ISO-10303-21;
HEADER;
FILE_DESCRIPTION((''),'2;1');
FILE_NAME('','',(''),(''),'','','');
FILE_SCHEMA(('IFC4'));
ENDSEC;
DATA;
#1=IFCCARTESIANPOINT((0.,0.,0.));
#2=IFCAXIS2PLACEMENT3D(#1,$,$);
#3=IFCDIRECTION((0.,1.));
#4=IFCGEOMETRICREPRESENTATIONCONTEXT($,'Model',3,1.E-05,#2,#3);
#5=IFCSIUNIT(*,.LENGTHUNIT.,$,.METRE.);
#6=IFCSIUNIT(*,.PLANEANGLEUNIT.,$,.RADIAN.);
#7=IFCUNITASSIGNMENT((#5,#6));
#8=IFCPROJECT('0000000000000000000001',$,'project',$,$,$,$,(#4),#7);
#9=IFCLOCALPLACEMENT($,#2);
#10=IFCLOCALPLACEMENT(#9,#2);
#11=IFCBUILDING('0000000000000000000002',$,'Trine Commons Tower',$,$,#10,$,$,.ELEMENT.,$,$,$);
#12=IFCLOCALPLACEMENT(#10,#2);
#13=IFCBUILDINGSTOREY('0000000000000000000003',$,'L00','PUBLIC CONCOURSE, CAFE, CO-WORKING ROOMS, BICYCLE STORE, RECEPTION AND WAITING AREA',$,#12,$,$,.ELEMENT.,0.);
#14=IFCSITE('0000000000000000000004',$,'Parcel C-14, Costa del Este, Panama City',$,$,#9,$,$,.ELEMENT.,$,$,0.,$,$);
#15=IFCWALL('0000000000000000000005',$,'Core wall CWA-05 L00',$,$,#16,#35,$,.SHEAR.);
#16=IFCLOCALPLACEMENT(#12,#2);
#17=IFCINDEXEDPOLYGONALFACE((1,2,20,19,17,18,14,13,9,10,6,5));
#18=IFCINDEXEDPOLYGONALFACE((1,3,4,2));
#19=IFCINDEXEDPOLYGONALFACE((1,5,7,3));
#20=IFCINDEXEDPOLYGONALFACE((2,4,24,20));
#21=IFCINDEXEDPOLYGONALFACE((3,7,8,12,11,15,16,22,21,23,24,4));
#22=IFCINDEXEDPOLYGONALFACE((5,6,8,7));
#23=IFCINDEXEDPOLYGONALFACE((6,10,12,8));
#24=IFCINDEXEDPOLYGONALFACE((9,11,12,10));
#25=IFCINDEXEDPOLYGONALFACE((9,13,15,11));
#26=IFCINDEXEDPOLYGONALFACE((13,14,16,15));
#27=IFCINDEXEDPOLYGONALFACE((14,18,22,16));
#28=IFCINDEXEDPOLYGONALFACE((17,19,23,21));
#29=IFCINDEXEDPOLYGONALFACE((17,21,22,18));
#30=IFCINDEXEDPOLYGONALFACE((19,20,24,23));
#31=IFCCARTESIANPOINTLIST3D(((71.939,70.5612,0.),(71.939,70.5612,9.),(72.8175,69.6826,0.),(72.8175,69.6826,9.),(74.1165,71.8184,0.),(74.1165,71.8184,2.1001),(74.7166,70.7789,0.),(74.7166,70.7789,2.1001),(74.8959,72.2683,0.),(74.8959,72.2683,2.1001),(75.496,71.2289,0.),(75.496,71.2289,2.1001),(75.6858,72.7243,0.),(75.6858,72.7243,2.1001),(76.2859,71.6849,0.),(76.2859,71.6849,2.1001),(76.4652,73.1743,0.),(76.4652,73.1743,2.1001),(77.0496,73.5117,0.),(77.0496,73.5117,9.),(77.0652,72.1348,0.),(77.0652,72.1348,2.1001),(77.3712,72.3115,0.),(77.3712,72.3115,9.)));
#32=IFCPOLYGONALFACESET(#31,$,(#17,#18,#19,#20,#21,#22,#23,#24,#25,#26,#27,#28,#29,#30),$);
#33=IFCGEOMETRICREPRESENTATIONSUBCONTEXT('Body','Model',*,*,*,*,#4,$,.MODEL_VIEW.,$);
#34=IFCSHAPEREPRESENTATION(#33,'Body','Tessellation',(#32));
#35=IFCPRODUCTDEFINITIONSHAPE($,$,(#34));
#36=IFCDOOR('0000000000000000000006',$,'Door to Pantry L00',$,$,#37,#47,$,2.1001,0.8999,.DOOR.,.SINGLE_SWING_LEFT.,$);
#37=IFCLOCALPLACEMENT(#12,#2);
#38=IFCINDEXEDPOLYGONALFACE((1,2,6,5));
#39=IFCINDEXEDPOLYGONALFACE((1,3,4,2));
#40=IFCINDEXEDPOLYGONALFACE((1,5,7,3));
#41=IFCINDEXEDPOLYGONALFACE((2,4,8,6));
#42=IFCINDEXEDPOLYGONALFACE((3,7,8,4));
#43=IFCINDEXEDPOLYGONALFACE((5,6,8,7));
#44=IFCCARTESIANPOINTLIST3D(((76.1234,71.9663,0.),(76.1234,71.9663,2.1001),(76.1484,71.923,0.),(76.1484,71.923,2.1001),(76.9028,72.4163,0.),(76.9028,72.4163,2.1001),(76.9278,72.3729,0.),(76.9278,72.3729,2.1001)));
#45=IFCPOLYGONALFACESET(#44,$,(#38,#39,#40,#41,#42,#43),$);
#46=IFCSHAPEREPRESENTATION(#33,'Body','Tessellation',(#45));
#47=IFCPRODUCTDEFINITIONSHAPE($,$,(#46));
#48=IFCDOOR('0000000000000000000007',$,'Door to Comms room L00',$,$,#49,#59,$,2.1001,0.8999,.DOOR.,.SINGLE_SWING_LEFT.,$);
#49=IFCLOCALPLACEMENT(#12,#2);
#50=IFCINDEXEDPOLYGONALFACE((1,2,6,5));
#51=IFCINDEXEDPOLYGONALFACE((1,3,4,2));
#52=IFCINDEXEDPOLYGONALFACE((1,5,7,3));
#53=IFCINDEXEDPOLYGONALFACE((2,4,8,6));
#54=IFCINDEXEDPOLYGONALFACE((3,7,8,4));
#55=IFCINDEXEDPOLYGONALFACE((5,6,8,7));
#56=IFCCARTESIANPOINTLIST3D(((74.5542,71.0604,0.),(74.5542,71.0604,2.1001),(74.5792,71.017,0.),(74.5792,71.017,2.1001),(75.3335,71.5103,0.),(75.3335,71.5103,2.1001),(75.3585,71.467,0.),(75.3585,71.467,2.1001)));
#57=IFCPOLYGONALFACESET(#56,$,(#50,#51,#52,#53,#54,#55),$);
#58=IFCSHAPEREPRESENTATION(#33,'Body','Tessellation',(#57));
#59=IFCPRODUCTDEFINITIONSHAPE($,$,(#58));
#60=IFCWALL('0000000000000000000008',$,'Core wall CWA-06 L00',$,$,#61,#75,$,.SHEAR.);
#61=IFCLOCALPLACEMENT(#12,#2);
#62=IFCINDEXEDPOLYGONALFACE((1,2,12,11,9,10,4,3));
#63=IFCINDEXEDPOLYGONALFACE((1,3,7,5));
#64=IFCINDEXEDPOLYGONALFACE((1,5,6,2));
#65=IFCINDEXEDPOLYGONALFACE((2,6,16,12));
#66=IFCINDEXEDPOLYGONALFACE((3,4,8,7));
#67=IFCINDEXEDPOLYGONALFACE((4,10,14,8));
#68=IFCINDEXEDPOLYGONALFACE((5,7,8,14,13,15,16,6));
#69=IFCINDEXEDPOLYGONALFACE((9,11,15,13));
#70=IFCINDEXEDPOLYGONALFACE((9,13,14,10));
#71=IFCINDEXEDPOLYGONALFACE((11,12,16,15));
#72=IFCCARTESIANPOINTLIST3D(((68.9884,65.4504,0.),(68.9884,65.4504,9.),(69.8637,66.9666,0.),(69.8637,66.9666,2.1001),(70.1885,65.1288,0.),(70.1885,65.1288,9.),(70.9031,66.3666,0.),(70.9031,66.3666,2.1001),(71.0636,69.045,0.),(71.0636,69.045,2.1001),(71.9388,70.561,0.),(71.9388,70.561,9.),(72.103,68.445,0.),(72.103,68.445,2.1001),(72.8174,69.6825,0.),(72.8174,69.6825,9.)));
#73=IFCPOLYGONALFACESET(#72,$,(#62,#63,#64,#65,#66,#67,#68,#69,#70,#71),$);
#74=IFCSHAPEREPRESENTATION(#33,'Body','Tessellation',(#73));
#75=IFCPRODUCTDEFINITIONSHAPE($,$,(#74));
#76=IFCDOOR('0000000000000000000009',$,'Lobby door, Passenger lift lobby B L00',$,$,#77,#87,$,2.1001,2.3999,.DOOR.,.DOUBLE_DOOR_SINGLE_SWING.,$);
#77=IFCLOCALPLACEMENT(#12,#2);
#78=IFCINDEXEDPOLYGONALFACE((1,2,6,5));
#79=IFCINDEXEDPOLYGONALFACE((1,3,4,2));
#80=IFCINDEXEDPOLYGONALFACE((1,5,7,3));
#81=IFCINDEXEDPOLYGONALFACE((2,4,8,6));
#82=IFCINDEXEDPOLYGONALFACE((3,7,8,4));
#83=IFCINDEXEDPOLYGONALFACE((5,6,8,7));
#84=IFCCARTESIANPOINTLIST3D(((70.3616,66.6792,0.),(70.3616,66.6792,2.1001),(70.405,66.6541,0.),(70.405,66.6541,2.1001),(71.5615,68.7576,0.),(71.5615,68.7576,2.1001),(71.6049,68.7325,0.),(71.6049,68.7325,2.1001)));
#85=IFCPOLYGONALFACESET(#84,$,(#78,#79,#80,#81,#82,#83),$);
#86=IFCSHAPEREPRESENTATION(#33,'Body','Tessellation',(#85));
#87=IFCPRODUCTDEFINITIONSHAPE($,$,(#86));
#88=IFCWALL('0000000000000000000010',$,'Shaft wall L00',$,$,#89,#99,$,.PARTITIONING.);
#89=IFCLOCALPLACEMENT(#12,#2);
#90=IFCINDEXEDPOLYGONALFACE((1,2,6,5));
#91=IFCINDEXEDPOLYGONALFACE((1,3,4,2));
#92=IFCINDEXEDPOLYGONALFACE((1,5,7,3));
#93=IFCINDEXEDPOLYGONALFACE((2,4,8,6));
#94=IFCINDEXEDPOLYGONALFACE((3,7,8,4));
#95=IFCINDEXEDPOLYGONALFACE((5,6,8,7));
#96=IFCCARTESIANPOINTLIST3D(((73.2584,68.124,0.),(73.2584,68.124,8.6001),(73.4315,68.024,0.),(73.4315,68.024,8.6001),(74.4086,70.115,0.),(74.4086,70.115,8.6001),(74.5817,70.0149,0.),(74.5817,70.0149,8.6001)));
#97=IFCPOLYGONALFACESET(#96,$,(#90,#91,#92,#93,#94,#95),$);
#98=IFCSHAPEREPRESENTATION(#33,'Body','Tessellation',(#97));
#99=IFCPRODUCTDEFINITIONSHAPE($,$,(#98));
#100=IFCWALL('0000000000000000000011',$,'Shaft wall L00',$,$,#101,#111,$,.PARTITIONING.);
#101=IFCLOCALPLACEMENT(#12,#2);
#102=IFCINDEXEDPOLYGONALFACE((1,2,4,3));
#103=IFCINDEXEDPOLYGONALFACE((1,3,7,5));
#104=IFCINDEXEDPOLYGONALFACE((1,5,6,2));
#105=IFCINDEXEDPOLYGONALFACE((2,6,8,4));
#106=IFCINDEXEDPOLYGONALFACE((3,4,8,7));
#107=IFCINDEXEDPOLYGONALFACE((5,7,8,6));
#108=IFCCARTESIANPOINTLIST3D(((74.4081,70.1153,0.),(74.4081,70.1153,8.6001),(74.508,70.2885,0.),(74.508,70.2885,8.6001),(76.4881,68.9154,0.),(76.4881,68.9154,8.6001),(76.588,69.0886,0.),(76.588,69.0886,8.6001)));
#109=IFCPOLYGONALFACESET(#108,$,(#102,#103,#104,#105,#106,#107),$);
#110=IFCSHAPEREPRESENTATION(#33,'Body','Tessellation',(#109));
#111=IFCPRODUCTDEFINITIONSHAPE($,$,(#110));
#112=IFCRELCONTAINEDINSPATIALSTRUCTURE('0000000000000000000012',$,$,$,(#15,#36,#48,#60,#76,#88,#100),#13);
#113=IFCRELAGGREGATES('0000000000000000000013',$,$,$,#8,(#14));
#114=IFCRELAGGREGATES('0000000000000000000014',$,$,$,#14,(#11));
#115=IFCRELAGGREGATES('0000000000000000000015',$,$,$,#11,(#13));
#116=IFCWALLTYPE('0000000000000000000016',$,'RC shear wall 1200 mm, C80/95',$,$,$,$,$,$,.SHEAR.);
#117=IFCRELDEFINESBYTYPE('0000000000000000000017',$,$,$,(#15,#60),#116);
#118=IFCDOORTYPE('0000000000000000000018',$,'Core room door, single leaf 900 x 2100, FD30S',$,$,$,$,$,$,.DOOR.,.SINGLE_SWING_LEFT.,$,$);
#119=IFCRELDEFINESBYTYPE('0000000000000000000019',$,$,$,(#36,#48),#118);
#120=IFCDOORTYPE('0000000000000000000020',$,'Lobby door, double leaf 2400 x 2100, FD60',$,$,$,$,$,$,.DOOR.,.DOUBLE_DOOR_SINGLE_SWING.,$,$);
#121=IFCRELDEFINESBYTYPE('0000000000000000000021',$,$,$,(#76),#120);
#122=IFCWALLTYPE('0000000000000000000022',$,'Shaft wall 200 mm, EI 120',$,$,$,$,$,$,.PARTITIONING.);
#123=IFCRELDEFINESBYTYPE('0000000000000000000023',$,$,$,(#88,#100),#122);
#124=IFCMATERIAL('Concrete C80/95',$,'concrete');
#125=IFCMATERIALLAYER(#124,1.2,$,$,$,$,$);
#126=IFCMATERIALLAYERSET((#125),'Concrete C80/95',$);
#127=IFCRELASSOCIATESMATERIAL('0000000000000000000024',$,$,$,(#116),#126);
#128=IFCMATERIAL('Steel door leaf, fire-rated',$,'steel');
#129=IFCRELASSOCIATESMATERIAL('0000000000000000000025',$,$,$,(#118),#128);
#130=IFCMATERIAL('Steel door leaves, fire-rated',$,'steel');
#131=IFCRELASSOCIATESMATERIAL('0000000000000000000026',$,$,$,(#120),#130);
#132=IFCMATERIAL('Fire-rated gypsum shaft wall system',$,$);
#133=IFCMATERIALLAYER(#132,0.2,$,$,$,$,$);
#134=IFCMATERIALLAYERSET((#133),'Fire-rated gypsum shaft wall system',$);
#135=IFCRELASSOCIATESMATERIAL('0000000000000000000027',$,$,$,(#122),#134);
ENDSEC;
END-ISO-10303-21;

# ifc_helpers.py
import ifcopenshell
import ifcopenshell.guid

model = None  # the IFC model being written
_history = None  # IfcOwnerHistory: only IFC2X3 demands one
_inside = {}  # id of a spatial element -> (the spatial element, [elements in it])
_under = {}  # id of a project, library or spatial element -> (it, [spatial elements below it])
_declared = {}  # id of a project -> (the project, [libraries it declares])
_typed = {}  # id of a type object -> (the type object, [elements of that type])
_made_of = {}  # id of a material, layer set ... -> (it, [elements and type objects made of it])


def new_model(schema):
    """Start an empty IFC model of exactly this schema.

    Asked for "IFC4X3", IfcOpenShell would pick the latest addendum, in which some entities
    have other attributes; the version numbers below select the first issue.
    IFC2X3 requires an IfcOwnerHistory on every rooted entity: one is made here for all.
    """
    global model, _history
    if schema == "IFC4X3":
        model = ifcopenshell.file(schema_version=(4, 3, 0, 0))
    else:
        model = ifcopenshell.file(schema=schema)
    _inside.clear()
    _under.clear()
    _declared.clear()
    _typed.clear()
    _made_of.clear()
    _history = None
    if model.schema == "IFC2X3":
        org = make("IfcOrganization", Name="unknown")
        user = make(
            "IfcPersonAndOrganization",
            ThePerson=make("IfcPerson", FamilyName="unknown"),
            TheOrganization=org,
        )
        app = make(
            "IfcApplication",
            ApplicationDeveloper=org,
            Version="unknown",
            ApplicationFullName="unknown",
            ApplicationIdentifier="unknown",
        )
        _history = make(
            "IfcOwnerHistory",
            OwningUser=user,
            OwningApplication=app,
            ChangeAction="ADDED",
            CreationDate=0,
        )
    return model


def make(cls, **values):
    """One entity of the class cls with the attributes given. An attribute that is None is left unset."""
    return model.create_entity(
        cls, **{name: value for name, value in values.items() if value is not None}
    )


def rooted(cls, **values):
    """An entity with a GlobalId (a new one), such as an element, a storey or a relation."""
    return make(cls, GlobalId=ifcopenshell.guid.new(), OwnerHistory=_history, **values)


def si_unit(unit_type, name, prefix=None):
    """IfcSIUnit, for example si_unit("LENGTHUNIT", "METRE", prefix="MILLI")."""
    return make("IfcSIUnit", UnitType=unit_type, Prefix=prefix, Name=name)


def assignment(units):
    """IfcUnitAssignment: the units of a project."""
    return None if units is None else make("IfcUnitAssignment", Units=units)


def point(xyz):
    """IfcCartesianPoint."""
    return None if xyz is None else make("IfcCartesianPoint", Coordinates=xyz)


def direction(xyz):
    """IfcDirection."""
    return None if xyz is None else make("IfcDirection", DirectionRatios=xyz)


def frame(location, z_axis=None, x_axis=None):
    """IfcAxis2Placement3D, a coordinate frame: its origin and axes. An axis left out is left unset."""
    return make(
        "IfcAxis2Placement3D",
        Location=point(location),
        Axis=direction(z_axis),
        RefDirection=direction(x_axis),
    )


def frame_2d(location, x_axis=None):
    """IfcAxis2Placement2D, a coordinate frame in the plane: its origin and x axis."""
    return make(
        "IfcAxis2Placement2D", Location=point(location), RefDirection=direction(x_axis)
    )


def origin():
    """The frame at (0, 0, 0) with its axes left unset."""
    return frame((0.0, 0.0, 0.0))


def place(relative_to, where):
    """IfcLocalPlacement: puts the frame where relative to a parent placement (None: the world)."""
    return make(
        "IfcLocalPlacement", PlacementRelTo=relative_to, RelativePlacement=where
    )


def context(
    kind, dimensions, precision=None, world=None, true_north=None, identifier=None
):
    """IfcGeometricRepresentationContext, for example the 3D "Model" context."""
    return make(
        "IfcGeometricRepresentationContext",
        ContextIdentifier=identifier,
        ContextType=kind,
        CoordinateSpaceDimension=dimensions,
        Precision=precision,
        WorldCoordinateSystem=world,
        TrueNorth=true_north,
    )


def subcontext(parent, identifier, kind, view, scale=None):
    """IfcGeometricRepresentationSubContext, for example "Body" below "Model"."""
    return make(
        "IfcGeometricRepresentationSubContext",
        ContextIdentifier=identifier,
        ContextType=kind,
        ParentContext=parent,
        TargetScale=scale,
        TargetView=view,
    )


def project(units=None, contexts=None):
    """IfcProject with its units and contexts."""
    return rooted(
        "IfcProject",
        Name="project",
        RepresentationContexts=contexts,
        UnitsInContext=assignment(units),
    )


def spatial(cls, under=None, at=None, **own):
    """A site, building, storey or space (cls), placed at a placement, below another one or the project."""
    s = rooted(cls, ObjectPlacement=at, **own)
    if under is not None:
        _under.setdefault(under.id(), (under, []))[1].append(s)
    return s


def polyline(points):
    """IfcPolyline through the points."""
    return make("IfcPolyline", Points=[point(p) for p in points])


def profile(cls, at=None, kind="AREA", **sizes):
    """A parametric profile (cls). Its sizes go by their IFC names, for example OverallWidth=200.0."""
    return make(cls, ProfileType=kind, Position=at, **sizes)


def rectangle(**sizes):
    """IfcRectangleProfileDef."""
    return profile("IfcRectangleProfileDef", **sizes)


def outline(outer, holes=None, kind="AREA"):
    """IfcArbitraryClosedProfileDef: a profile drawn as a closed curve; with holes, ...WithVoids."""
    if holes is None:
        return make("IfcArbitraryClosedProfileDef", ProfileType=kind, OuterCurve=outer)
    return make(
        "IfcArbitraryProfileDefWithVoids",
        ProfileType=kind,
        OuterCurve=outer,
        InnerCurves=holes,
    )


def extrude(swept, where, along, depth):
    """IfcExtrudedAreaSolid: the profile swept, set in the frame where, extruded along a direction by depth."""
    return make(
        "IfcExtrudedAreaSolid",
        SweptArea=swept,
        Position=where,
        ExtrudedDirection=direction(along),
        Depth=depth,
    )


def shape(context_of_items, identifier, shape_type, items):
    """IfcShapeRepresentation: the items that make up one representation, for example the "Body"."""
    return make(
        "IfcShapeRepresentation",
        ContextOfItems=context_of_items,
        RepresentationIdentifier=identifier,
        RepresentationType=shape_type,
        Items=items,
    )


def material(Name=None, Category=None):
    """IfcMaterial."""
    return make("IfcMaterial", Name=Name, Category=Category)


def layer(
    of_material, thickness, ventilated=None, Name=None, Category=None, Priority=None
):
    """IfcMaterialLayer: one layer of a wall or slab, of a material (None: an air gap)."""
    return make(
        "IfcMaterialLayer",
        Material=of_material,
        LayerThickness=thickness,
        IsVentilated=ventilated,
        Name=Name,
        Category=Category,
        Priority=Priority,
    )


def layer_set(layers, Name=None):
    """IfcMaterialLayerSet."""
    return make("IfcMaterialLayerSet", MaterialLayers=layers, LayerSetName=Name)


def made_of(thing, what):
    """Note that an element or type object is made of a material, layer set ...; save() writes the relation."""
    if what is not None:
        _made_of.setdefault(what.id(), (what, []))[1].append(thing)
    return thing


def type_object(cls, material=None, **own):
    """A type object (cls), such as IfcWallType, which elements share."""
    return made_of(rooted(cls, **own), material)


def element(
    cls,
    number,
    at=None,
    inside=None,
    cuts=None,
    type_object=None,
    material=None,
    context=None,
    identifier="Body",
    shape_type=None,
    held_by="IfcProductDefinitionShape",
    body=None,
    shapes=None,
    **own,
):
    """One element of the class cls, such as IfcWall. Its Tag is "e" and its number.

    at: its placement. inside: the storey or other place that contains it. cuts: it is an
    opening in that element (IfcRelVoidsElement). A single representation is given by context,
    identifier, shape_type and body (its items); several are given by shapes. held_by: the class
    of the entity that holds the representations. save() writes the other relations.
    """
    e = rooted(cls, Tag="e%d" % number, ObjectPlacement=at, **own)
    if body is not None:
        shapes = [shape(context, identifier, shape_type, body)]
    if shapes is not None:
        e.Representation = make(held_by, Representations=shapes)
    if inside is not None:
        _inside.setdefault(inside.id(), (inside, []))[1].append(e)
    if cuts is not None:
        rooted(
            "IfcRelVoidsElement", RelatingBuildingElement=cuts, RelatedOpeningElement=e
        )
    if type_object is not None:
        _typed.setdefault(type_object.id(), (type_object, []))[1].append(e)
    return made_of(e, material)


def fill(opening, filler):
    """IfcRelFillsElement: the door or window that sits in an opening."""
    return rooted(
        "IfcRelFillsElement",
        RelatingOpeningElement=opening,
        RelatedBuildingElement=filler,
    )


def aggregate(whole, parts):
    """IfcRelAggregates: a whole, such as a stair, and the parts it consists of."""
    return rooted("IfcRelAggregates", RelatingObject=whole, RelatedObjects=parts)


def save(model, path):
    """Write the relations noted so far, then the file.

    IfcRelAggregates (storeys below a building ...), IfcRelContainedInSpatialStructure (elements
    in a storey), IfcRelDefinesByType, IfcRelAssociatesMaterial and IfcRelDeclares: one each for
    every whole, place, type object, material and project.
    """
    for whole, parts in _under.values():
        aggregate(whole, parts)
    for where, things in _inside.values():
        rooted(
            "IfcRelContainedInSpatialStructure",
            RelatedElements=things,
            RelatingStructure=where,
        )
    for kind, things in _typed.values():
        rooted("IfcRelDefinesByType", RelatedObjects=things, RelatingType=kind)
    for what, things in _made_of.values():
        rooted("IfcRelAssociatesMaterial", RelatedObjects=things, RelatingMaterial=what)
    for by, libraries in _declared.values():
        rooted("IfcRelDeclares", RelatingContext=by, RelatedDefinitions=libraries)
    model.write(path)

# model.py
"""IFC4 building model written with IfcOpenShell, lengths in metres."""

from ifc_helpers import new_model, si_unit, direction, frame, frame_2d, origin, place, context, subcontext, project, spatial, polyline, rectangle, outline, extrude, material, layer, layer_set, type_object, element, fill, save


model = new_model("IFC4")

# Units and contexts
model_context = context("Model", 3, precision=1e-05, world=origin(), true_north=direction((0.0, 1.0)))
body_context = subcontext(model_context, "Body", "Model", "MODEL_VIEW")
ifc_project = project(units=[si_unit("LENGTHUNIT", "METRE"), si_unit("PLANEANGLEUNIT", "RADIAN")], contexts=[model_context])

# Site, building, storey
site_placement = place(None, origin())
site = spatial("IfcSite", under=ifc_project, at=site_placement, Name="Parcel C-14, Costa del Este, Panama City", CompositionType="ELEMENT", RefElevation=0.0)
building_placement = place(site_placement, origin())
building = spatial("IfcBuilding", under=site, at=building_placement, Name="Trine Commons Tower", CompositionType="ELEMENT")
storey_placement = place(building_placement, origin())
storey = spatial("IfcBuildingStorey", under=building, at=storey_placement, Name="L00", Description="PUBLIC CONCOURSE, CAFE, CO-WORKING ROOMS, BICYCLE STORE, RECEPTION AND WAITING AREA", CompositionType="ELEMENT", Elevation=0.0)

# Wall, openings, doors
ifc_material_1 = material(Name="Concrete C80/95", Category="concrete")
ifc_layer_1 = layer(ifc_material_1, 1.2)
ifc_layer_set_1 = layer_set([ifc_layer_1], Name="Concrete C80/95")
wall_type_1 = type_object("IfcWallType", Name="RC shear wall 1200 mm, C80/95", PredefinedType="SHEAR", material=ifc_layer_set_1)
wall_1_placement = place(storey_placement, frame((77.3496, 72.9919, 0.0), z_axis=(0.0, 0.0, 1.0), x_axis=(-0.866037, -0.499979, 0.0)))
wall_1 = element("IfcWall", 1, at=wall_1_placement, inside=storey, type_object=wall_type_1, Name="Core wall CWA-05 L00", PredefinedType="SHEAR", context=body_context, shape_type="SweptSolid", body=[
    extrude(outline(polyline([(0.0, -0.6001), (5.9011, -0.6001), (5.5796, 0.6001), (0.3215, 0.6001), (0.0, -0.6001)])), origin(), (0.0, 0.0, 1.0), 9.0),
])
opening_1_placement = place(wall_1_placement, frame((0.6748, 0.0, 0.0)))
opening_1 = element("IfcOpeningElement", 2, at=opening_1_placement, cuts=wall_1, PredefinedType="OPENING", context=body_context, shape_type="SweptSolid", body=[
    extrude(rectangle(XDim=0.8999, YDim=2.1001, at=frame_2d((0.45, 1.05))), frame((0.0, 0.6099, 0.0), z_axis=(0.0, -1.0, 0.0), x_axis=(1.0, 0.0, 0.0)), (0.0, 0.0, 1.0), 1.22),
])
opening_2_placement = place(wall_1_placement, frame((2.4868, 0.0, 0.0)))
opening_2 = element("IfcOpeningElement", 3, at=opening_2_placement, cuts=wall_1, PredefinedType="OPENING", context=body_context, shape_type="SweptSolid", body=[
    extrude(rectangle(XDim=0.8999, YDim=2.1001, at=frame_2d((0.45, 1.05))), frame((0.0, 0.6099, 0.0), z_axis=(0.0, -1.0, 0.0), x_axis=(1.0, 0.0, 0.0)), (0.0, 0.0, 1.0), 1.22),
])
ifc_material_2 = material(Name="Steel door leaf, fire-rated", Category="steel")
door_type_1 = type_object("IfcDoorType", Name="Core room door, single leaf 900 x 2100, FD30S", OperationType="SINGLE_SWING_LEFT", PredefinedType="DOOR", material=ifc_material_2)
door_1_placement = place(opening_1_placement, origin())
door_1 = element("IfcDoor", 4, at=door_1_placement, inside=storey, type_object=door_type_1, Name="Door to Pantry L00", OperationType="SINGLE_SWING_LEFT", OverallHeight=2.1001, OverallWidth=0.8999, PredefinedType="DOOR", context=body_context, shape_type="SweptSolid", body=[
    extrude(rectangle(XDim=0.8999, YDim=2.1001, at=frame_2d((0.45, 1.05))), frame((0.0, 0.3252, 0.0), z_axis=(0.0, -1.0, 0.0), x_axis=(1.0, 0.0, 0.0)), (0.0, 0.0, 1.0), 0.05),
])
fill(opening_1, door_1)
door_2_placement = place(opening_2_placement, origin())
door_2 = element("IfcDoor", 5, at=door_2_placement, inside=storey, type_object=door_type_1, Name="Door to Comms room L00", OperationType="SINGLE_SWING_LEFT", OverallHeight=2.1001, OverallWidth=0.8999, PredefinedType="DOOR", context=body_context, shape_type="SweptSolid", body=[
    extrude(rectangle(XDim=0.8999, YDim=2.1001, at=frame_2d((0.45, 1.05))), frame((0.0, 0.3252, 0.0), z_axis=(0.0, -1.0, 0.0), x_axis=(1.0, 0.0, 0.0)), (0.0, 0.0, 1.0), 0.05),
])
fill(opening_2, door_2)

# Wall, opening, door
wall_2_placement = place(storey_placement, frame((72.4585, 70.261, 0.0), z_axis=(0.0, 0.0, 1.0), x_axis=(-0.499979, -0.866037, 0.0)))
wall_2 = element("IfcWall", 6, at=wall_2_placement, inside=storey, type_object=wall_type_1, Name="Core wall CWA-06 L00", PredefinedType="SHEAR", context=body_context, shape_type="SweptSolid", body=[
    extrude(outline(polyline([(0.0, -0.6001), (5.9011, -0.6001), (5.5796, 0.6001), (0.3215, 0.6001), (0.0, -0.6001)])), origin(), (0.0, 0.0, 1.0), 9.0),
])
opening_3_placement = place(wall_2_placement, frame((1.7505, 0.0, 0.0)))
opening_3 = element("IfcOpeningElement", 7, at=opening_3_placement, cuts=wall_2, PredefinedType="OPENING", context=body_context, shape_type="SweptSolid", body=[
    extrude(rectangle(XDim=2.3999, YDim=2.1001, at=frame_2d((1.2, 1.05))), frame((0.0, 0.6099, 0.0), z_axis=(0.0, -1.0, 0.0), x_axis=(1.0, 0.0, 0.0)), (0.0, 0.0, 1.0), 1.22),
])
ifc_material_3 = material(Name="Steel door leaves, fire-rated", Category="steel")
door_type_2 = type_object("IfcDoorType", Name="Lobby door, double leaf 2400 x 2100, FD60", OperationType="DOUBLE_DOOR_SINGLE_SWING", PredefinedType="DOOR", material=ifc_material_3)
door_3_placement = place(opening_3_placement, origin())
door_3 = element("IfcDoor", 8, at=door_3_placement, inside=storey, type_object=door_type_2, Name="Lobby door, Passenger lift lobby B L00", OperationType="DOUBLE_DOOR_SINGLE_SWING", OverallHeight=2.1001, OverallWidth=2.3999, PredefinedType="DOOR", context=body_context, shape_type="SweptSolid", body=[
    extrude(rectangle(XDim=2.3999, YDim=2.1001, at=frame_2d((1.2, 1.05))), frame((0.0, 0.0249, 0.0), z_axis=(0.0, -1.0, 0.0), x_axis=(1.0, 0.0, 0.0)), (0.0, 0.0, 1.0), 0.05),
])
fill(opening_3, door_3)

# Walls
ifc_material_4 = material(Name="Fire-rated gypsum shaft wall system")
ifc_layer_2 = layer(ifc_material_4, 0.2)
ifc_layer_set_2 = layer_set([ifc_layer_2], Name="Fire-rated gypsum shaft wall system")
wall_type_2 = type_object("IfcWallType", Name="Shaft wall 200 mm, EI 120", PredefinedType="PARTITIONING", material=ifc_layer_set_2)
wall_3_placement = place(storey_placement, frame((73.345, 68.074, 0.0), z_axis=(0.0, 0.0, 1.0), x_axis=(0.500216, 0.865901, 0.0)))
element("IfcWall", 9, at=wall_3_placement, inside=storey, type_object=wall_type_2, Name="Shaft wall L00", PredefinedType="PARTITIONING", context=body_context, shape_type="SweptSolid", body=[
    extrude(rectangle(XDim=2.2993, YDim=0.2, at=frame_2d((1.1497, 0.0))), origin(), (0.0, 0.0, 1.0), 8.6001),
])
wall_4_placement = place(storey_placement, frame((76.5381, 69.002, 0.0), z_axis=(0.0, 0.0, 1.0), x_axis=(-0.866203, 0.499693, 0.0)))
element("IfcWall", 10, at=wall_4_placement, inside=storey, type_object=wall_type_2, Name="Shaft wall L00", PredefinedType="PARTITIONING", context=body_context, shape_type="SweptSolid", body=[
    extrude(rectangle(XDim=2.4014, YDim=0.2, at=frame_2d((1.2007, 0.0))), origin(), (0.0, 0.0, 1.0), 8.6001),
])

save(model, "model.ifc")
